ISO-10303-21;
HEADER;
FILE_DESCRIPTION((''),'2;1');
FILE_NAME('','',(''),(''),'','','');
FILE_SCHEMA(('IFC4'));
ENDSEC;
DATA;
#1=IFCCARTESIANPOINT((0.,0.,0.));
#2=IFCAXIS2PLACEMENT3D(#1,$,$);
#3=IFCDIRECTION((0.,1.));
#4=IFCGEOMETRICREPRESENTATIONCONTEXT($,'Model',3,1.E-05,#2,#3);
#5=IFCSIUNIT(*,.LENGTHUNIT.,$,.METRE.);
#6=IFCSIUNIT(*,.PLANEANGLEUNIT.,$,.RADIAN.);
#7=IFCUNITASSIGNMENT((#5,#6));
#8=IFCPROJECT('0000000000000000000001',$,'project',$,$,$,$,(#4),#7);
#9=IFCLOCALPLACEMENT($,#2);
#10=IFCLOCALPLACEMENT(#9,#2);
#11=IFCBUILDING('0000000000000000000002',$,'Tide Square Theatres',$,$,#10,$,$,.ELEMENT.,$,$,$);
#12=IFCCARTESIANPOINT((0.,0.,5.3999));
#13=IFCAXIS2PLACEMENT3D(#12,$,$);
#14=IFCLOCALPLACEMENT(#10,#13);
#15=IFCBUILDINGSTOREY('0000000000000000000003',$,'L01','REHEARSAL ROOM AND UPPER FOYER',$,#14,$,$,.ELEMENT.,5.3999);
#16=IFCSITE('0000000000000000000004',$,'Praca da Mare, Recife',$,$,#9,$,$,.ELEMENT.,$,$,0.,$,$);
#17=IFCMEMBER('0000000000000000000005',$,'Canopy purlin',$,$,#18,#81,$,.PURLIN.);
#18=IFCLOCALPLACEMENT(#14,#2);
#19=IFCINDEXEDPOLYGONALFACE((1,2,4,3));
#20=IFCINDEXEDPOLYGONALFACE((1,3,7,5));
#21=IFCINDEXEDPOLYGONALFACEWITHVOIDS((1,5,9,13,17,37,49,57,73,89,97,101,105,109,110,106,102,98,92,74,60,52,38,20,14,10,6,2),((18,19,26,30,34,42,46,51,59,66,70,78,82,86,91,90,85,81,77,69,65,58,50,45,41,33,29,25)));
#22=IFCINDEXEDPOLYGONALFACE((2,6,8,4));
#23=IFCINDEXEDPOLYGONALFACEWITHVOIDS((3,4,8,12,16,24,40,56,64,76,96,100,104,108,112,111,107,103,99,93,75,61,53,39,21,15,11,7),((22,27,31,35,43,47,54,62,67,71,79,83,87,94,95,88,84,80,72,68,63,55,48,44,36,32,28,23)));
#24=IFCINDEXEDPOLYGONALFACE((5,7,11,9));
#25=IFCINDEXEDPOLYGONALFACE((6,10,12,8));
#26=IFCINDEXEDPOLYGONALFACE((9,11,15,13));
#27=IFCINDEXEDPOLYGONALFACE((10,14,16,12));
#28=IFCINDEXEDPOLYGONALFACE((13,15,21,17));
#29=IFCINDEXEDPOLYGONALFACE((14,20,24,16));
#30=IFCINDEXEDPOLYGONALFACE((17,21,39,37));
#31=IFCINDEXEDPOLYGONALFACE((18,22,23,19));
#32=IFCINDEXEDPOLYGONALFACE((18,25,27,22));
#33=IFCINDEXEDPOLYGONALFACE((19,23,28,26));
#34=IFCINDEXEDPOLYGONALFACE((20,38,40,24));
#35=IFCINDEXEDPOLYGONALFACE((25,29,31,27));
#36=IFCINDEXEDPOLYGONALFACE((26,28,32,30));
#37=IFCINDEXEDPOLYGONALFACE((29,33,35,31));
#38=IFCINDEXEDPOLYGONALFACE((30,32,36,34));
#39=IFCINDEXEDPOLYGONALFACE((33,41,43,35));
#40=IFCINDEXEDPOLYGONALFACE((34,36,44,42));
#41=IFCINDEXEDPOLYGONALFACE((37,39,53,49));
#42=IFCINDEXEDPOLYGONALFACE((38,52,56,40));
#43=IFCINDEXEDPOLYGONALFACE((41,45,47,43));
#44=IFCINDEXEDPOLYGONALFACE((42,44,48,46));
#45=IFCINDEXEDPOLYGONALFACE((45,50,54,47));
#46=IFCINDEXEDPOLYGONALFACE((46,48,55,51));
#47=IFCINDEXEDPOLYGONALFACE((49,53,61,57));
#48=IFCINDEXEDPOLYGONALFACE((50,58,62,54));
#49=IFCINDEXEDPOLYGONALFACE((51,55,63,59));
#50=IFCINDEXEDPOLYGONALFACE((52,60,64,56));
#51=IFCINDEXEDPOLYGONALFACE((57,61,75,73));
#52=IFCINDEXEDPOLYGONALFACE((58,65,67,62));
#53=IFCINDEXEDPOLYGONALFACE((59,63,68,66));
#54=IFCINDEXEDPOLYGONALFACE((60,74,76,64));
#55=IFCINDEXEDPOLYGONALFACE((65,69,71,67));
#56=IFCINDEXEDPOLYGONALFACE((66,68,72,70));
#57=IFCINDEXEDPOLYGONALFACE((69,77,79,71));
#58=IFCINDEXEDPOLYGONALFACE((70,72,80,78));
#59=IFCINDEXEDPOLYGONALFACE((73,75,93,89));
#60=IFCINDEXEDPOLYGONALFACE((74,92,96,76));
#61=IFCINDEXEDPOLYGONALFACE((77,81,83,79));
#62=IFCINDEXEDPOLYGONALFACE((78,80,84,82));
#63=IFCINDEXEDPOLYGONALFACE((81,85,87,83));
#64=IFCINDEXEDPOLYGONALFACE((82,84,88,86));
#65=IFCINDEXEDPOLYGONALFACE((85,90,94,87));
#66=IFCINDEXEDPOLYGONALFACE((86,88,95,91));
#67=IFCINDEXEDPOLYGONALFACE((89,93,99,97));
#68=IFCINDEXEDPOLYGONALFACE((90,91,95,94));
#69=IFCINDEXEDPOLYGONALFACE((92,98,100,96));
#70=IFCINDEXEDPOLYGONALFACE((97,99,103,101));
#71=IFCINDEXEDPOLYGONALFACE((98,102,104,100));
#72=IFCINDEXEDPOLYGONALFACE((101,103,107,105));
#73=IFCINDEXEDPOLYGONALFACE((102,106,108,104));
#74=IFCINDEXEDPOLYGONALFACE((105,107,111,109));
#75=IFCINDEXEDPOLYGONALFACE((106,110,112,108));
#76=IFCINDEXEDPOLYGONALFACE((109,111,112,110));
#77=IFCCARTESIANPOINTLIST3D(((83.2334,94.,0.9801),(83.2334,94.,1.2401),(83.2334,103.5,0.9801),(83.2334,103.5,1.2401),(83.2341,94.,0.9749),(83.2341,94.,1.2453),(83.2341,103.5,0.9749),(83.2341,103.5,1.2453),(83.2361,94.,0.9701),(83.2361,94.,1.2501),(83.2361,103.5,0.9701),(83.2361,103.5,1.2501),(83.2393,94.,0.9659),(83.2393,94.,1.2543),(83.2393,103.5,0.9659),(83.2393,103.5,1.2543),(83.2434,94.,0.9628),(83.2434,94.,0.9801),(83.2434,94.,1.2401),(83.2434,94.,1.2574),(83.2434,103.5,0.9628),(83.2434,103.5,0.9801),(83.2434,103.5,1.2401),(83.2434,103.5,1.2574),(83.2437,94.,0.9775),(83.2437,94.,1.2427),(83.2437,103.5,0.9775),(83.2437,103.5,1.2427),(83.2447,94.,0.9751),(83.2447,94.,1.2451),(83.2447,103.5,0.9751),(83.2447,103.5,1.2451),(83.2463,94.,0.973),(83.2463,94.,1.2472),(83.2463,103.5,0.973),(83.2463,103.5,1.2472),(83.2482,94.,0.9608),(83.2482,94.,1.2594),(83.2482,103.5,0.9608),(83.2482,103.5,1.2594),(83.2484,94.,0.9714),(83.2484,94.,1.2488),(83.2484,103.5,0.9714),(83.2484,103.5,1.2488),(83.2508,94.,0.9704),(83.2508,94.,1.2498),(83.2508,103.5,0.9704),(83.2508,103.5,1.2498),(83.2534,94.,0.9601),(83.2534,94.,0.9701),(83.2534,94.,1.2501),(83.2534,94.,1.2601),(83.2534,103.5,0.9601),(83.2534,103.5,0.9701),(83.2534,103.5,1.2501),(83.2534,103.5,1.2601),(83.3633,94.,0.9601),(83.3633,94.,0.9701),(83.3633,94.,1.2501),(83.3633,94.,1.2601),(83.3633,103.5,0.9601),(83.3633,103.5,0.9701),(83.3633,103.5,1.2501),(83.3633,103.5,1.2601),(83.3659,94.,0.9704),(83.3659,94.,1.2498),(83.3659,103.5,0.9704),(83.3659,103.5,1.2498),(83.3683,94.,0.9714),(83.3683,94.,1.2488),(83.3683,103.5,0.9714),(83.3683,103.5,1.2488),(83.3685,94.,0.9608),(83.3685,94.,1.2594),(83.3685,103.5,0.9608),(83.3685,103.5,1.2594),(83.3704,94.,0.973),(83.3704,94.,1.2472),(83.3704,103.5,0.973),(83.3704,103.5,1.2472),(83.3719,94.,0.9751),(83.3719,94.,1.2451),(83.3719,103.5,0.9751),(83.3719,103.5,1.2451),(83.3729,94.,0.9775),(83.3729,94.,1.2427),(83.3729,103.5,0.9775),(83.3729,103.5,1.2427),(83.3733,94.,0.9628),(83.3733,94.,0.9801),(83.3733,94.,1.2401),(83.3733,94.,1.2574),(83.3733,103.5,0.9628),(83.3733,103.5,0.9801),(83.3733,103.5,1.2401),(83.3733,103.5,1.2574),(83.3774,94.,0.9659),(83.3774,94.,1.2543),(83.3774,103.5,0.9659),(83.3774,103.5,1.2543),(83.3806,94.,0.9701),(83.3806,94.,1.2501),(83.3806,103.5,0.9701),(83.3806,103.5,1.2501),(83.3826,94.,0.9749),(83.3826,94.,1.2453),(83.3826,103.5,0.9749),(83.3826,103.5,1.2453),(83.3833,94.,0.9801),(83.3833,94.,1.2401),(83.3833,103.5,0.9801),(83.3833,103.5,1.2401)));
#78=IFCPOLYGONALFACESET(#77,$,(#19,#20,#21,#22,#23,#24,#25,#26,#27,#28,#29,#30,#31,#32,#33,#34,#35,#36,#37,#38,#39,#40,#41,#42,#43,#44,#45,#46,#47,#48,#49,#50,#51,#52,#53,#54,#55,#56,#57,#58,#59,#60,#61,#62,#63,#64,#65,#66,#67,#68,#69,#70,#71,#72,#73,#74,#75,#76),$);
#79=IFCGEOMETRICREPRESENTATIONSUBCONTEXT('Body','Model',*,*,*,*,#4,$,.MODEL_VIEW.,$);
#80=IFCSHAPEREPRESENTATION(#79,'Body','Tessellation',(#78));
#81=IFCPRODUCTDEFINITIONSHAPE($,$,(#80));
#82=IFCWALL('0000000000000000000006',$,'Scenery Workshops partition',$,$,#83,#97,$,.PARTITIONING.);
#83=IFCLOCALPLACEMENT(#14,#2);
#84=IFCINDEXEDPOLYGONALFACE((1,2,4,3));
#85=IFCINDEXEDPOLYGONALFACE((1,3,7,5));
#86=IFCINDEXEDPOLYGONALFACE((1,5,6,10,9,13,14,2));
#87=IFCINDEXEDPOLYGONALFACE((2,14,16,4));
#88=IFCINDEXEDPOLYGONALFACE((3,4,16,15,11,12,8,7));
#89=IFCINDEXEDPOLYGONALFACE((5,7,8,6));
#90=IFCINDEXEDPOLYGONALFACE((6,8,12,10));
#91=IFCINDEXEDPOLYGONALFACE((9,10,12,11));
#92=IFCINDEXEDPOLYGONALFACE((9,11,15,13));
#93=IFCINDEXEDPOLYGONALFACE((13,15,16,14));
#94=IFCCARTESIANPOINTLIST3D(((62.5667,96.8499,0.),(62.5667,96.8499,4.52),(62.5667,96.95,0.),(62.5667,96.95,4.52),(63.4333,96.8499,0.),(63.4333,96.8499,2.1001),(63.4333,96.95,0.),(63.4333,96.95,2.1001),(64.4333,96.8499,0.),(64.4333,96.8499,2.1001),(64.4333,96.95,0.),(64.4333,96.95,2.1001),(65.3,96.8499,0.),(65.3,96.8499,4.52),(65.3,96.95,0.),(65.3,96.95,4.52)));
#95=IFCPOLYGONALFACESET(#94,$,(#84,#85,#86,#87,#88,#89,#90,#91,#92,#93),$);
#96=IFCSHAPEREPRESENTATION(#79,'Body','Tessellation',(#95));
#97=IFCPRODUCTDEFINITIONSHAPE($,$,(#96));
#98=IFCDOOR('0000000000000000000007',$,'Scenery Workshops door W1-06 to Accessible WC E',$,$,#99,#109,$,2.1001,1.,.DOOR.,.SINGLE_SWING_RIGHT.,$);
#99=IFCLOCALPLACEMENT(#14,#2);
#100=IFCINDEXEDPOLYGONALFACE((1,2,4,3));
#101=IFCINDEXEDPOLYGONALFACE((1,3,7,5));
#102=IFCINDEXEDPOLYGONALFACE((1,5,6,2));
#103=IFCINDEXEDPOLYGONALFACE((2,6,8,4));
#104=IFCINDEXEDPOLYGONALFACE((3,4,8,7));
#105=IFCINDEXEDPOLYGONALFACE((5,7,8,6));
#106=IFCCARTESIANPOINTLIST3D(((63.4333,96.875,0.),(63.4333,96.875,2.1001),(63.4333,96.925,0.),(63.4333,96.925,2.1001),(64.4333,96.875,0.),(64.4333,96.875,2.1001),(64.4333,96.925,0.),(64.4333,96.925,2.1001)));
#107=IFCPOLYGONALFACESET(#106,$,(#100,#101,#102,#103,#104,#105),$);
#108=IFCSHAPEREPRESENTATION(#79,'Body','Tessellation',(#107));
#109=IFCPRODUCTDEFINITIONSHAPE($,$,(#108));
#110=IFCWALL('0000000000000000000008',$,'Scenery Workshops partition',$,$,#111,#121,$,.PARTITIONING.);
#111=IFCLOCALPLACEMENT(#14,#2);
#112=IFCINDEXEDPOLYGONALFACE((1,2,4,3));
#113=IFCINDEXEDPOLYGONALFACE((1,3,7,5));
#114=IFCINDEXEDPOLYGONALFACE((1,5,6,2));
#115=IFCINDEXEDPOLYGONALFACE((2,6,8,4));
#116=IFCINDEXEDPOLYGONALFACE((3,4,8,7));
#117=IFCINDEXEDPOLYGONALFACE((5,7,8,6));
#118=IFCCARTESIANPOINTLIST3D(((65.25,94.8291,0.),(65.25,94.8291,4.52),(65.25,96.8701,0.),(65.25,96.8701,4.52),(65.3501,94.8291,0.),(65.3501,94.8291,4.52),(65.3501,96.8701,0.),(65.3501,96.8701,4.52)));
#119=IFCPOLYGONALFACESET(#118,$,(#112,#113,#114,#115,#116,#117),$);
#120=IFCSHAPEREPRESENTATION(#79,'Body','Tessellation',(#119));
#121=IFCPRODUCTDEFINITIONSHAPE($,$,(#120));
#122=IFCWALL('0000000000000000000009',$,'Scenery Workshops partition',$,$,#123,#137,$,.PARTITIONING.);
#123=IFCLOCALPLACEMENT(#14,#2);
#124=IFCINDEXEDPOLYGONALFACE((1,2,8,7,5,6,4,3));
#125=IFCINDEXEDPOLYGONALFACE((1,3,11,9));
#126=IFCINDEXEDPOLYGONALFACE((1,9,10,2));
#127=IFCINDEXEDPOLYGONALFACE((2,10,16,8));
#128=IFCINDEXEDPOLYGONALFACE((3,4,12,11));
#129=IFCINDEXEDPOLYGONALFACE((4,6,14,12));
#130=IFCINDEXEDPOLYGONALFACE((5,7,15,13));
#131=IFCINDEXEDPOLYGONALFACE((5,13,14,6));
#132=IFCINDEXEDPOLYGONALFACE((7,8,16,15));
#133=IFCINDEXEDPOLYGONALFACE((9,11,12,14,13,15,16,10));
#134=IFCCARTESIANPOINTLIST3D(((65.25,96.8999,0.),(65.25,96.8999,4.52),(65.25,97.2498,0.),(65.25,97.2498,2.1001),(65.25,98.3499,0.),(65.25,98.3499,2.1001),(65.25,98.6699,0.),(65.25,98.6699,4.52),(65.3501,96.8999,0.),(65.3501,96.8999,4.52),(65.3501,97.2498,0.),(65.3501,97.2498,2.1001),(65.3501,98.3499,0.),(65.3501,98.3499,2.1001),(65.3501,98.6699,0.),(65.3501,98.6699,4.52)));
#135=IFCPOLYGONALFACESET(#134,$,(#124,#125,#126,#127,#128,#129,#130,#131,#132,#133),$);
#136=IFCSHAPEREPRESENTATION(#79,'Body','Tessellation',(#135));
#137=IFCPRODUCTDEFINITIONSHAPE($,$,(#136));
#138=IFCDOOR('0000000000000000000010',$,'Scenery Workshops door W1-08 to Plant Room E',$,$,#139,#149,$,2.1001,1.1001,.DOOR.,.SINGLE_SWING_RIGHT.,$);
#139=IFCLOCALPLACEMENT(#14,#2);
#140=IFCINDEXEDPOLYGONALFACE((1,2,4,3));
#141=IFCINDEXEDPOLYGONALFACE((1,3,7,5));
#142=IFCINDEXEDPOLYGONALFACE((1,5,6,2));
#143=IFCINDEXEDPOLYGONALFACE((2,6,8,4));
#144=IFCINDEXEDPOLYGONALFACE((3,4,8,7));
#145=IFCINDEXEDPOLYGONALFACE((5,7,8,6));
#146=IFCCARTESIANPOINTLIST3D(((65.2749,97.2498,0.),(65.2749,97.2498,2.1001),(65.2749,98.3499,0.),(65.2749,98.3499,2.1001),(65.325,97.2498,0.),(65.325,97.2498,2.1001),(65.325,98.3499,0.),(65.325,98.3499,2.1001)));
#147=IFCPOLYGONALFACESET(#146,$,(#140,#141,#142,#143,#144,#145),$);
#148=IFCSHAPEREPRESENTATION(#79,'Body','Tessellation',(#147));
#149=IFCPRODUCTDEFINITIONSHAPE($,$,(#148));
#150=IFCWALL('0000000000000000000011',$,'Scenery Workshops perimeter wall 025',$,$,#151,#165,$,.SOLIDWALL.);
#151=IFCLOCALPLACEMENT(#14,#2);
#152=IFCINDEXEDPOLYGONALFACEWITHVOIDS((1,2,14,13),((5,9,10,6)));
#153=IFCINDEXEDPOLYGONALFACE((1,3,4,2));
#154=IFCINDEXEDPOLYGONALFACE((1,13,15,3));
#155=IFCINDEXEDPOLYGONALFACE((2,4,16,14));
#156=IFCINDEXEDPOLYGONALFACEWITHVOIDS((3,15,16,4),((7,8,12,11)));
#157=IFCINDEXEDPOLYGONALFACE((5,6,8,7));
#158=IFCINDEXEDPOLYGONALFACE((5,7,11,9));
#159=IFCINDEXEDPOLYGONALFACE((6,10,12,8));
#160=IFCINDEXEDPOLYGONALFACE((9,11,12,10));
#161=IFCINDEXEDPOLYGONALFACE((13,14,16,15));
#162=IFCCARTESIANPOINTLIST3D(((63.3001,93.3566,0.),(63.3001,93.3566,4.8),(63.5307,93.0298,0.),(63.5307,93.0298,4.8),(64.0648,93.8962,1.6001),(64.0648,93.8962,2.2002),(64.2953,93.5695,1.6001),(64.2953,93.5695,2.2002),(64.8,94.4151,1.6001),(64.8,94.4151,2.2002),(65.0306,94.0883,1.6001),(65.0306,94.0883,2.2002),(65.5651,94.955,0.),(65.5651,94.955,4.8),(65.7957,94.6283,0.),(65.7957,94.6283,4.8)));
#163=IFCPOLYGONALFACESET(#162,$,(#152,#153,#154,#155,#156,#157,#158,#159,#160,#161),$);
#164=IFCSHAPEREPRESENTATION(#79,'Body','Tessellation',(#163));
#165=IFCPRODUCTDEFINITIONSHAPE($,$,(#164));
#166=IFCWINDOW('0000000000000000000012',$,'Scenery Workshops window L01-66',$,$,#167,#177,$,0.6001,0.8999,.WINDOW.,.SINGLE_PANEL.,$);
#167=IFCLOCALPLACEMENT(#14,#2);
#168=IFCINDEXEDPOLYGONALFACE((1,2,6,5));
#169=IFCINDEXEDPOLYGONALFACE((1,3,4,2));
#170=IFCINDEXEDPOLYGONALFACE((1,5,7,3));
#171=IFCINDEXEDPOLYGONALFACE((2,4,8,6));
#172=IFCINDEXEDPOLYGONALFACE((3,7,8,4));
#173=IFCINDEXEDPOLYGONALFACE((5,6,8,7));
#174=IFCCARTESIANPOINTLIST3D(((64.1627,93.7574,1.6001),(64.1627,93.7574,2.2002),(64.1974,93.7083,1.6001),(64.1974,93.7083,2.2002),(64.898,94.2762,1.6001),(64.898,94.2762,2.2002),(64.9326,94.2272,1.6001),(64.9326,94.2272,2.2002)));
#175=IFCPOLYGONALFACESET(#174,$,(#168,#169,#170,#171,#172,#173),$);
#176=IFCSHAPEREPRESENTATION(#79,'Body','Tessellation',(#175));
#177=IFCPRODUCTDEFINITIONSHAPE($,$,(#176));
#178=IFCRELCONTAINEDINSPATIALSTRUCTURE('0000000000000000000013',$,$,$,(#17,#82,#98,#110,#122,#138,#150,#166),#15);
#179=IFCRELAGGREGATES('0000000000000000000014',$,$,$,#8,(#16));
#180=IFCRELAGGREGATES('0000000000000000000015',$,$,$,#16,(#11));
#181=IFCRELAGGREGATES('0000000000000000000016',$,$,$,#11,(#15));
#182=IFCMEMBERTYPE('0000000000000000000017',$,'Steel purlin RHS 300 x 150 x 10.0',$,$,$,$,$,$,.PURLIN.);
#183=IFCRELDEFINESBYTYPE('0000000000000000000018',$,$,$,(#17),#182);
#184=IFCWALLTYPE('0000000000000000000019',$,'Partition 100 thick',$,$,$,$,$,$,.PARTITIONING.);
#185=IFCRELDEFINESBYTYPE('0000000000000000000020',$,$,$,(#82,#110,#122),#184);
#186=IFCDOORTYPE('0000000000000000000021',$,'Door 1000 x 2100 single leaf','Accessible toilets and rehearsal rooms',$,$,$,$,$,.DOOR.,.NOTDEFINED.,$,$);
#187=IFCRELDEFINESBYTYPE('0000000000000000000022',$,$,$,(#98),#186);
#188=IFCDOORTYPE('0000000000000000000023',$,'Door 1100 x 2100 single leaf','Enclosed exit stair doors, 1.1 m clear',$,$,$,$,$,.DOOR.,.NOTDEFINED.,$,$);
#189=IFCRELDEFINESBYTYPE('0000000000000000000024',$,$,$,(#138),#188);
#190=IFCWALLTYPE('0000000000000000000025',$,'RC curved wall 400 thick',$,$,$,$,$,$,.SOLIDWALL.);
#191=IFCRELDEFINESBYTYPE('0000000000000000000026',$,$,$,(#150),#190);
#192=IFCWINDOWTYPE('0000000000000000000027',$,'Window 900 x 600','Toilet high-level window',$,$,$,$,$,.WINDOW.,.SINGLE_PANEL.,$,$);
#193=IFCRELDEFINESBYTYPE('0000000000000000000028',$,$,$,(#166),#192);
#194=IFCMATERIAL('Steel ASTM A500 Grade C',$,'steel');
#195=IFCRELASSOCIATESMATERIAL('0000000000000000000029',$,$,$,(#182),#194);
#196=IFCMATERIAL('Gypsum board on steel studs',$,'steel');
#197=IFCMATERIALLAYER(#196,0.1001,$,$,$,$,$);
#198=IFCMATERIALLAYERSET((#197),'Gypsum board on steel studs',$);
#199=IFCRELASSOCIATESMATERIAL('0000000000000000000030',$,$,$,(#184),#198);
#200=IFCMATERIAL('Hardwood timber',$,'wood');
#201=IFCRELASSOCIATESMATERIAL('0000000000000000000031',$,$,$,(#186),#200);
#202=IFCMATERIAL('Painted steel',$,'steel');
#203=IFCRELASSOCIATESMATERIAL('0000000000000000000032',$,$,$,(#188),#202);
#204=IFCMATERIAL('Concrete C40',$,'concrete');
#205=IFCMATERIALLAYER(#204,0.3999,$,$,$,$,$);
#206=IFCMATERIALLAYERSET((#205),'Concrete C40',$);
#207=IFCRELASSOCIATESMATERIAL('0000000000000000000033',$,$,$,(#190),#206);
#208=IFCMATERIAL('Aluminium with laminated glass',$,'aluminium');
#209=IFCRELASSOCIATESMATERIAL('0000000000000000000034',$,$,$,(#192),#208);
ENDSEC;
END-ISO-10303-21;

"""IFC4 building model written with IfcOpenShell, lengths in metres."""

from ifc_helpers import new_model, si_unit, direction, frame, frame_2d, origin, origin_2d, place, context, subcontext, project, spatial, rectangle, hollow_rectangle, extrude, material, layer, layer_set, material_profile, profile_set, type_object, element, fill, save


model = new_model("IFC4")

# Units and contexts
model_context = context("Model", 3, precision=1e-05, world=origin(), true_north=direction((0.0, 1.0)))
body_context = subcontext(model_context, "Body", "Model", "MODEL_VIEW")
ifc_project = project(units=[si_unit("LENGTHUNIT", "METRE"), si_unit("PLANEANGLEUNIT", "RADIAN")], contexts=[model_context])

# Site, building, storey
site_placement = place(None, origin())
site = spatial("IfcSite", under=ifc_project, at=site_placement, Name="Praca da Mare, Recife", CompositionType="ELEMENT", RefElevation=0.0)
building_placement = place(site_placement, origin())
building = spatial("IfcBuilding", under=site, at=building_placement, Name="Tide Square Theatres", CompositionType="ELEMENT")
storey_placement = place(building_placement, frame((0.0, 0.0, 5.3999)))
storey = spatial("IfcBuildingStorey", under=building, at=storey_placement, Name="L01", Description="REHEARSAL ROOM AND UPPER FOYER", CompositionType="ELEMENT", Elevation=5.3999)

# Member
ifc_material_1 = material(Name="Steel ASTM A500 Grade C", Category="steel")
ifc_material_profile_1 = material_profile(ifc_material_1, hollow_rectangle(XDim=0.1499, YDim=0.3, WallThickness=0.01, InnerFilletRadius=0.01, OuterFilletRadius=0.02, at=origin_2d()))
ifc_profile_set_1 = profile_set([ifc_material_profile_1], Name="Steel ASTM A500 Grade C")
member_type = type_object("IfcMemberType", Name="Steel purlin RHS 300 x 150 x 10.0", PredefinedType="PURLIN", material=ifc_profile_set_1)
member_1_placement = place(storey_placement, frame((83.3083, 94.0, 1.1101), z_axis=(0.0, 1.0, 0.0), x_axis=(-1.0, 0.0, 0.0)))
element("IfcMember", 1, at=member_1_placement, inside=storey, type_object=member_type, Name="Canopy purlin", PredefinedType="PURLIN", context=body_context, shape_type="SweptSolid", body=[
    extrude(hollow_rectangle(XDim=0.1499, YDim=0.3, WallThickness=0.01, InnerFilletRadius=0.01, OuterFilletRadius=0.02, at=origin_2d()), origin(), (0.0, 0.0, 1.0), 9.5),
])

# Wall, opening, door
ifc_material_2 = material(Name="Gypsum board on steel studs", Category="steel")
ifc_layer_1 = layer(ifc_material_2, 0.1001)
ifc_layer_set_1 = layer_set([ifc_layer_1], Name="Gypsum board on steel studs")
wall_type_1 = type_object("IfcWallType", Name="Partition 100 thick", PredefinedType="PARTITIONING", material=ifc_layer_set_1)
wall_1_placement = place(storey_placement, frame((65.3, 96.8999, 0.0), z_axis=(0.0, 0.0, 1.0), x_axis=(-1.0, 0.0, 0.0)))
wall_1 = element("IfcWall", 2, at=wall_1_placement, inside=storey, type_object=wall_type_1, Name="Scenery Workshops partition", PredefinedType="PARTITIONING", context=body_context, shape_type="SweptSolid", body=[
    extrude(rectangle(XDim=2.7334, YDim=0.1001, at=frame_2d((1.3667, 0.0))), origin(), (0.0, 0.0, 1.0), 4.52),
])
opening_1_placement = place(wall_1_placement, frame((0.8667, 0.0, 0.0)))
opening_1 = element("IfcOpeningElement", 3, at=opening_1_placement, cuts=wall_1, PredefinedType="OPENING", context=body_context, shape_type="SweptSolid", body=[
    extrude(rectangle(XDim=1.0, YDim=2.1001, at=frame_2d((0.5, 1.05))), frame((0.0, 0.0601, 0.0), z_axis=(0.0, -1.0, 0.0), x_axis=(1.0, 0.0, 0.0)), (0.0, 0.0, 1.0), 0.1201),
])
ifc_material_3 = material(Name="Hardwood timber", Category="wood")
door_type_1 = type_object("IfcDoorType", Name="Door 1000 x 2100 single leaf", Description="Accessible toilets and rehearsal rooms", OperationType="NOTDEFINED", PredefinedType="DOOR", material=ifc_material_3)
door_1_placement = place(opening_1_placement, origin())
door_1 = element("IfcDoor", 4, at=door_1_placement, inside=storey, type_object=door_type_1, Name="Scenery Workshops door W1-06 to Accessible WC E", OperationType="SINGLE_SWING_RIGHT", OverallHeight=2.1001, OverallWidth=1.0, PredefinedType="DOOR", context=body_context, shape_type="SweptSolid", body=[
    extrude(rectangle(XDim=1.0, YDim=2.1001, at=frame_2d((0.5, 1.05))), frame((0.0, 0.0249, 0.0), z_axis=(0.0, -1.0, 0.0), x_axis=(1.0, 0.0, 0.0)), (0.0, 0.0, 1.0), 0.05),
])
fill(opening_1, door_1)

# Wall
wall_2_placement = place(storey_placement, frame((65.3, 96.8701, 0.0), z_axis=(0.0, 0.0, 1.0), x_axis=(0.0, -1.0, 0.0)))
element("IfcWall", 5, at=wall_2_placement, inside=storey, type_object=wall_type_1, Name="Scenery Workshops partition", PredefinedType="PARTITIONING", context=body_context, shape_type="SweptSolid", body=[
    extrude(rectangle(XDim=2.041, YDim=0.1001, at=frame_2d((1.0205, 0.0))), origin(), (0.0, 0.0, 1.0), 4.52),
])

# Wall, opening, door
wall_3_placement = place(storey_placement, frame((65.3, 98.6699, 0.0), z_axis=(0.0, 0.0, 1.0), x_axis=(0.0, -1.0, 0.0)))
wall_3 = element("IfcWall", 6, at=wall_3_placement, inside=storey, type_object=wall_type_1, Name="Scenery Workshops partition", PredefinedType="PARTITIONING", context=body_context, shape_type="SweptSolid", body=[
    extrude(rectangle(XDim=1.77, YDim=0.1001, at=frame_2d((0.885, 0.0))), origin(), (0.0, 0.0, 1.0), 4.52),
])
opening_2_placement = place(wall_3_placement, frame((0.3201, 0.0, 0.0)))
opening_2 = element("IfcOpeningElement", 7, at=opening_2_placement, cuts=wall_3, PredefinedType="OPENING", context=body_context, shape_type="SweptSolid", body=[
    extrude(rectangle(XDim=1.1001, YDim=2.1001, at=frame_2d((0.55, 1.05))), frame((0.0, 0.0601, 0.0), z_axis=(0.0, -1.0, 0.0), x_axis=(1.0, 0.0, 0.0)), (0.0, 0.0, 1.0), 0.1201),
])
ifc_material_4 = material(Name="Painted steel", Category="steel")
door_type_2 = type_object("IfcDoorType", Name="Door 1100 x 2100 single leaf", Description="Enclosed exit stair doors, 1.1 m clear", OperationType="NOTDEFINED", PredefinedType="DOOR", material=ifc_material_4)
door_2_placement = place(opening_2_placement, origin())
door_2 = element("IfcDoor", 8, at=door_2_placement, inside=storey, type_object=door_type_2, Name="Scenery Workshops door W1-08 to Plant Room E", OperationType="SINGLE_SWING_RIGHT", OverallHeight=2.1001, OverallWidth=1.1001, PredefinedType="DOOR", context=body_context, shape_type="SweptSolid", body=[
    extrude(rectangle(XDim=1.1001, YDim=2.1001, at=frame_2d((0.55, 1.05))), frame((0.0, 0.0249, 0.0), z_axis=(0.0, -1.0, 0.0), x_axis=(1.0, 0.0, 0.0)), (0.0, 0.0, 1.0), 0.05),
])
fill(opening_2, door_2)

# Wall, opening, window
ifc_material_5 = material(Name="Concrete C40", Category="concrete")
ifc_layer_2 = layer(ifc_material_5, 0.3999)
ifc_layer_set_2 = layer_set([ifc_layer_2], Name="Concrete C40")
wall_type_2 = type_object("IfcWallType", Name="RC curved wall 400 thick", PredefinedType="SOLIDWALL", material=ifc_layer_set_2)
wall_4_placement = place(storey_placement, frame((63.4153, 93.1931, 0.0), z_axis=(0.0, 0.0, 1.0), x_axis=(0.817029, 0.576597, 0.0)))
wall_4 = element("IfcWall", 9, at=wall_4_placement, inside=storey, type_object=wall_type_2, Name="Scenery Workshops perimeter wall 025", PredefinedType="SOLIDWALL", context=body_context, shape_type="SweptSolid", body=[
    extrude(rectangle(XDim=2.7722, YDim=0.3999, at=frame_2d((1.3862, 0.0))), origin(), (0.0, 0.0, 1.0), 4.8),
])
opening_3_placement = place(wall_4_placement, frame((0.936, 0.0, 1.6001)))
opening_3 = element("IfcOpeningElement", 10, at=opening_3_placement, cuts=wall_4, PredefinedType="OPENING", context=body_context, shape_type="SweptSolid", body=[
    extrude(rectangle(XDim=0.8999, YDim=0.6001, at=frame_2d((0.45, 0.3))), frame((0.0, 0.21, 0.0), z_axis=(0.0, -1.0, 0.0), x_axis=(1.0, 0.0, 0.0)), (0.0, 0.0, 1.0), 0.4199),
])
ifc_material_6 = material(Name="Aluminium with laminated glass", Category="aluminium")
window_type_1 = type_object("IfcWindowType", Name="Window 900 x 600", Description="Toilet high-level window", PartitioningType="SINGLE_PANEL", PredefinedType="WINDOW", material=ifc_material_6)
window_1_placement = place(opening_3_placement, origin())
window_1 = element("IfcWindow", 11, at=window_1_placement, inside=storey, type_object=window_type_1, Name="Scenery Workshops window L01-66", OverallHeight=0.6001, OverallWidth=0.8999, PartitioningType="SINGLE_PANEL", PredefinedType="WINDOW", context=body_context, shape_type="SweptSolid", body=[
    extrude(rectangle(XDim=0.8999, YDim=0.6001, at=frame_2d((0.45, 0.3))), frame((0.0, 0.03, 0.0), z_axis=(0.0, -1.0, 0.0), x_axis=(1.0, 0.0, 0.0)), (0.0, 0.0, 1.0), 0.0601),
])
fill(opening_3, window_1)

save(model, "model.ifc")
